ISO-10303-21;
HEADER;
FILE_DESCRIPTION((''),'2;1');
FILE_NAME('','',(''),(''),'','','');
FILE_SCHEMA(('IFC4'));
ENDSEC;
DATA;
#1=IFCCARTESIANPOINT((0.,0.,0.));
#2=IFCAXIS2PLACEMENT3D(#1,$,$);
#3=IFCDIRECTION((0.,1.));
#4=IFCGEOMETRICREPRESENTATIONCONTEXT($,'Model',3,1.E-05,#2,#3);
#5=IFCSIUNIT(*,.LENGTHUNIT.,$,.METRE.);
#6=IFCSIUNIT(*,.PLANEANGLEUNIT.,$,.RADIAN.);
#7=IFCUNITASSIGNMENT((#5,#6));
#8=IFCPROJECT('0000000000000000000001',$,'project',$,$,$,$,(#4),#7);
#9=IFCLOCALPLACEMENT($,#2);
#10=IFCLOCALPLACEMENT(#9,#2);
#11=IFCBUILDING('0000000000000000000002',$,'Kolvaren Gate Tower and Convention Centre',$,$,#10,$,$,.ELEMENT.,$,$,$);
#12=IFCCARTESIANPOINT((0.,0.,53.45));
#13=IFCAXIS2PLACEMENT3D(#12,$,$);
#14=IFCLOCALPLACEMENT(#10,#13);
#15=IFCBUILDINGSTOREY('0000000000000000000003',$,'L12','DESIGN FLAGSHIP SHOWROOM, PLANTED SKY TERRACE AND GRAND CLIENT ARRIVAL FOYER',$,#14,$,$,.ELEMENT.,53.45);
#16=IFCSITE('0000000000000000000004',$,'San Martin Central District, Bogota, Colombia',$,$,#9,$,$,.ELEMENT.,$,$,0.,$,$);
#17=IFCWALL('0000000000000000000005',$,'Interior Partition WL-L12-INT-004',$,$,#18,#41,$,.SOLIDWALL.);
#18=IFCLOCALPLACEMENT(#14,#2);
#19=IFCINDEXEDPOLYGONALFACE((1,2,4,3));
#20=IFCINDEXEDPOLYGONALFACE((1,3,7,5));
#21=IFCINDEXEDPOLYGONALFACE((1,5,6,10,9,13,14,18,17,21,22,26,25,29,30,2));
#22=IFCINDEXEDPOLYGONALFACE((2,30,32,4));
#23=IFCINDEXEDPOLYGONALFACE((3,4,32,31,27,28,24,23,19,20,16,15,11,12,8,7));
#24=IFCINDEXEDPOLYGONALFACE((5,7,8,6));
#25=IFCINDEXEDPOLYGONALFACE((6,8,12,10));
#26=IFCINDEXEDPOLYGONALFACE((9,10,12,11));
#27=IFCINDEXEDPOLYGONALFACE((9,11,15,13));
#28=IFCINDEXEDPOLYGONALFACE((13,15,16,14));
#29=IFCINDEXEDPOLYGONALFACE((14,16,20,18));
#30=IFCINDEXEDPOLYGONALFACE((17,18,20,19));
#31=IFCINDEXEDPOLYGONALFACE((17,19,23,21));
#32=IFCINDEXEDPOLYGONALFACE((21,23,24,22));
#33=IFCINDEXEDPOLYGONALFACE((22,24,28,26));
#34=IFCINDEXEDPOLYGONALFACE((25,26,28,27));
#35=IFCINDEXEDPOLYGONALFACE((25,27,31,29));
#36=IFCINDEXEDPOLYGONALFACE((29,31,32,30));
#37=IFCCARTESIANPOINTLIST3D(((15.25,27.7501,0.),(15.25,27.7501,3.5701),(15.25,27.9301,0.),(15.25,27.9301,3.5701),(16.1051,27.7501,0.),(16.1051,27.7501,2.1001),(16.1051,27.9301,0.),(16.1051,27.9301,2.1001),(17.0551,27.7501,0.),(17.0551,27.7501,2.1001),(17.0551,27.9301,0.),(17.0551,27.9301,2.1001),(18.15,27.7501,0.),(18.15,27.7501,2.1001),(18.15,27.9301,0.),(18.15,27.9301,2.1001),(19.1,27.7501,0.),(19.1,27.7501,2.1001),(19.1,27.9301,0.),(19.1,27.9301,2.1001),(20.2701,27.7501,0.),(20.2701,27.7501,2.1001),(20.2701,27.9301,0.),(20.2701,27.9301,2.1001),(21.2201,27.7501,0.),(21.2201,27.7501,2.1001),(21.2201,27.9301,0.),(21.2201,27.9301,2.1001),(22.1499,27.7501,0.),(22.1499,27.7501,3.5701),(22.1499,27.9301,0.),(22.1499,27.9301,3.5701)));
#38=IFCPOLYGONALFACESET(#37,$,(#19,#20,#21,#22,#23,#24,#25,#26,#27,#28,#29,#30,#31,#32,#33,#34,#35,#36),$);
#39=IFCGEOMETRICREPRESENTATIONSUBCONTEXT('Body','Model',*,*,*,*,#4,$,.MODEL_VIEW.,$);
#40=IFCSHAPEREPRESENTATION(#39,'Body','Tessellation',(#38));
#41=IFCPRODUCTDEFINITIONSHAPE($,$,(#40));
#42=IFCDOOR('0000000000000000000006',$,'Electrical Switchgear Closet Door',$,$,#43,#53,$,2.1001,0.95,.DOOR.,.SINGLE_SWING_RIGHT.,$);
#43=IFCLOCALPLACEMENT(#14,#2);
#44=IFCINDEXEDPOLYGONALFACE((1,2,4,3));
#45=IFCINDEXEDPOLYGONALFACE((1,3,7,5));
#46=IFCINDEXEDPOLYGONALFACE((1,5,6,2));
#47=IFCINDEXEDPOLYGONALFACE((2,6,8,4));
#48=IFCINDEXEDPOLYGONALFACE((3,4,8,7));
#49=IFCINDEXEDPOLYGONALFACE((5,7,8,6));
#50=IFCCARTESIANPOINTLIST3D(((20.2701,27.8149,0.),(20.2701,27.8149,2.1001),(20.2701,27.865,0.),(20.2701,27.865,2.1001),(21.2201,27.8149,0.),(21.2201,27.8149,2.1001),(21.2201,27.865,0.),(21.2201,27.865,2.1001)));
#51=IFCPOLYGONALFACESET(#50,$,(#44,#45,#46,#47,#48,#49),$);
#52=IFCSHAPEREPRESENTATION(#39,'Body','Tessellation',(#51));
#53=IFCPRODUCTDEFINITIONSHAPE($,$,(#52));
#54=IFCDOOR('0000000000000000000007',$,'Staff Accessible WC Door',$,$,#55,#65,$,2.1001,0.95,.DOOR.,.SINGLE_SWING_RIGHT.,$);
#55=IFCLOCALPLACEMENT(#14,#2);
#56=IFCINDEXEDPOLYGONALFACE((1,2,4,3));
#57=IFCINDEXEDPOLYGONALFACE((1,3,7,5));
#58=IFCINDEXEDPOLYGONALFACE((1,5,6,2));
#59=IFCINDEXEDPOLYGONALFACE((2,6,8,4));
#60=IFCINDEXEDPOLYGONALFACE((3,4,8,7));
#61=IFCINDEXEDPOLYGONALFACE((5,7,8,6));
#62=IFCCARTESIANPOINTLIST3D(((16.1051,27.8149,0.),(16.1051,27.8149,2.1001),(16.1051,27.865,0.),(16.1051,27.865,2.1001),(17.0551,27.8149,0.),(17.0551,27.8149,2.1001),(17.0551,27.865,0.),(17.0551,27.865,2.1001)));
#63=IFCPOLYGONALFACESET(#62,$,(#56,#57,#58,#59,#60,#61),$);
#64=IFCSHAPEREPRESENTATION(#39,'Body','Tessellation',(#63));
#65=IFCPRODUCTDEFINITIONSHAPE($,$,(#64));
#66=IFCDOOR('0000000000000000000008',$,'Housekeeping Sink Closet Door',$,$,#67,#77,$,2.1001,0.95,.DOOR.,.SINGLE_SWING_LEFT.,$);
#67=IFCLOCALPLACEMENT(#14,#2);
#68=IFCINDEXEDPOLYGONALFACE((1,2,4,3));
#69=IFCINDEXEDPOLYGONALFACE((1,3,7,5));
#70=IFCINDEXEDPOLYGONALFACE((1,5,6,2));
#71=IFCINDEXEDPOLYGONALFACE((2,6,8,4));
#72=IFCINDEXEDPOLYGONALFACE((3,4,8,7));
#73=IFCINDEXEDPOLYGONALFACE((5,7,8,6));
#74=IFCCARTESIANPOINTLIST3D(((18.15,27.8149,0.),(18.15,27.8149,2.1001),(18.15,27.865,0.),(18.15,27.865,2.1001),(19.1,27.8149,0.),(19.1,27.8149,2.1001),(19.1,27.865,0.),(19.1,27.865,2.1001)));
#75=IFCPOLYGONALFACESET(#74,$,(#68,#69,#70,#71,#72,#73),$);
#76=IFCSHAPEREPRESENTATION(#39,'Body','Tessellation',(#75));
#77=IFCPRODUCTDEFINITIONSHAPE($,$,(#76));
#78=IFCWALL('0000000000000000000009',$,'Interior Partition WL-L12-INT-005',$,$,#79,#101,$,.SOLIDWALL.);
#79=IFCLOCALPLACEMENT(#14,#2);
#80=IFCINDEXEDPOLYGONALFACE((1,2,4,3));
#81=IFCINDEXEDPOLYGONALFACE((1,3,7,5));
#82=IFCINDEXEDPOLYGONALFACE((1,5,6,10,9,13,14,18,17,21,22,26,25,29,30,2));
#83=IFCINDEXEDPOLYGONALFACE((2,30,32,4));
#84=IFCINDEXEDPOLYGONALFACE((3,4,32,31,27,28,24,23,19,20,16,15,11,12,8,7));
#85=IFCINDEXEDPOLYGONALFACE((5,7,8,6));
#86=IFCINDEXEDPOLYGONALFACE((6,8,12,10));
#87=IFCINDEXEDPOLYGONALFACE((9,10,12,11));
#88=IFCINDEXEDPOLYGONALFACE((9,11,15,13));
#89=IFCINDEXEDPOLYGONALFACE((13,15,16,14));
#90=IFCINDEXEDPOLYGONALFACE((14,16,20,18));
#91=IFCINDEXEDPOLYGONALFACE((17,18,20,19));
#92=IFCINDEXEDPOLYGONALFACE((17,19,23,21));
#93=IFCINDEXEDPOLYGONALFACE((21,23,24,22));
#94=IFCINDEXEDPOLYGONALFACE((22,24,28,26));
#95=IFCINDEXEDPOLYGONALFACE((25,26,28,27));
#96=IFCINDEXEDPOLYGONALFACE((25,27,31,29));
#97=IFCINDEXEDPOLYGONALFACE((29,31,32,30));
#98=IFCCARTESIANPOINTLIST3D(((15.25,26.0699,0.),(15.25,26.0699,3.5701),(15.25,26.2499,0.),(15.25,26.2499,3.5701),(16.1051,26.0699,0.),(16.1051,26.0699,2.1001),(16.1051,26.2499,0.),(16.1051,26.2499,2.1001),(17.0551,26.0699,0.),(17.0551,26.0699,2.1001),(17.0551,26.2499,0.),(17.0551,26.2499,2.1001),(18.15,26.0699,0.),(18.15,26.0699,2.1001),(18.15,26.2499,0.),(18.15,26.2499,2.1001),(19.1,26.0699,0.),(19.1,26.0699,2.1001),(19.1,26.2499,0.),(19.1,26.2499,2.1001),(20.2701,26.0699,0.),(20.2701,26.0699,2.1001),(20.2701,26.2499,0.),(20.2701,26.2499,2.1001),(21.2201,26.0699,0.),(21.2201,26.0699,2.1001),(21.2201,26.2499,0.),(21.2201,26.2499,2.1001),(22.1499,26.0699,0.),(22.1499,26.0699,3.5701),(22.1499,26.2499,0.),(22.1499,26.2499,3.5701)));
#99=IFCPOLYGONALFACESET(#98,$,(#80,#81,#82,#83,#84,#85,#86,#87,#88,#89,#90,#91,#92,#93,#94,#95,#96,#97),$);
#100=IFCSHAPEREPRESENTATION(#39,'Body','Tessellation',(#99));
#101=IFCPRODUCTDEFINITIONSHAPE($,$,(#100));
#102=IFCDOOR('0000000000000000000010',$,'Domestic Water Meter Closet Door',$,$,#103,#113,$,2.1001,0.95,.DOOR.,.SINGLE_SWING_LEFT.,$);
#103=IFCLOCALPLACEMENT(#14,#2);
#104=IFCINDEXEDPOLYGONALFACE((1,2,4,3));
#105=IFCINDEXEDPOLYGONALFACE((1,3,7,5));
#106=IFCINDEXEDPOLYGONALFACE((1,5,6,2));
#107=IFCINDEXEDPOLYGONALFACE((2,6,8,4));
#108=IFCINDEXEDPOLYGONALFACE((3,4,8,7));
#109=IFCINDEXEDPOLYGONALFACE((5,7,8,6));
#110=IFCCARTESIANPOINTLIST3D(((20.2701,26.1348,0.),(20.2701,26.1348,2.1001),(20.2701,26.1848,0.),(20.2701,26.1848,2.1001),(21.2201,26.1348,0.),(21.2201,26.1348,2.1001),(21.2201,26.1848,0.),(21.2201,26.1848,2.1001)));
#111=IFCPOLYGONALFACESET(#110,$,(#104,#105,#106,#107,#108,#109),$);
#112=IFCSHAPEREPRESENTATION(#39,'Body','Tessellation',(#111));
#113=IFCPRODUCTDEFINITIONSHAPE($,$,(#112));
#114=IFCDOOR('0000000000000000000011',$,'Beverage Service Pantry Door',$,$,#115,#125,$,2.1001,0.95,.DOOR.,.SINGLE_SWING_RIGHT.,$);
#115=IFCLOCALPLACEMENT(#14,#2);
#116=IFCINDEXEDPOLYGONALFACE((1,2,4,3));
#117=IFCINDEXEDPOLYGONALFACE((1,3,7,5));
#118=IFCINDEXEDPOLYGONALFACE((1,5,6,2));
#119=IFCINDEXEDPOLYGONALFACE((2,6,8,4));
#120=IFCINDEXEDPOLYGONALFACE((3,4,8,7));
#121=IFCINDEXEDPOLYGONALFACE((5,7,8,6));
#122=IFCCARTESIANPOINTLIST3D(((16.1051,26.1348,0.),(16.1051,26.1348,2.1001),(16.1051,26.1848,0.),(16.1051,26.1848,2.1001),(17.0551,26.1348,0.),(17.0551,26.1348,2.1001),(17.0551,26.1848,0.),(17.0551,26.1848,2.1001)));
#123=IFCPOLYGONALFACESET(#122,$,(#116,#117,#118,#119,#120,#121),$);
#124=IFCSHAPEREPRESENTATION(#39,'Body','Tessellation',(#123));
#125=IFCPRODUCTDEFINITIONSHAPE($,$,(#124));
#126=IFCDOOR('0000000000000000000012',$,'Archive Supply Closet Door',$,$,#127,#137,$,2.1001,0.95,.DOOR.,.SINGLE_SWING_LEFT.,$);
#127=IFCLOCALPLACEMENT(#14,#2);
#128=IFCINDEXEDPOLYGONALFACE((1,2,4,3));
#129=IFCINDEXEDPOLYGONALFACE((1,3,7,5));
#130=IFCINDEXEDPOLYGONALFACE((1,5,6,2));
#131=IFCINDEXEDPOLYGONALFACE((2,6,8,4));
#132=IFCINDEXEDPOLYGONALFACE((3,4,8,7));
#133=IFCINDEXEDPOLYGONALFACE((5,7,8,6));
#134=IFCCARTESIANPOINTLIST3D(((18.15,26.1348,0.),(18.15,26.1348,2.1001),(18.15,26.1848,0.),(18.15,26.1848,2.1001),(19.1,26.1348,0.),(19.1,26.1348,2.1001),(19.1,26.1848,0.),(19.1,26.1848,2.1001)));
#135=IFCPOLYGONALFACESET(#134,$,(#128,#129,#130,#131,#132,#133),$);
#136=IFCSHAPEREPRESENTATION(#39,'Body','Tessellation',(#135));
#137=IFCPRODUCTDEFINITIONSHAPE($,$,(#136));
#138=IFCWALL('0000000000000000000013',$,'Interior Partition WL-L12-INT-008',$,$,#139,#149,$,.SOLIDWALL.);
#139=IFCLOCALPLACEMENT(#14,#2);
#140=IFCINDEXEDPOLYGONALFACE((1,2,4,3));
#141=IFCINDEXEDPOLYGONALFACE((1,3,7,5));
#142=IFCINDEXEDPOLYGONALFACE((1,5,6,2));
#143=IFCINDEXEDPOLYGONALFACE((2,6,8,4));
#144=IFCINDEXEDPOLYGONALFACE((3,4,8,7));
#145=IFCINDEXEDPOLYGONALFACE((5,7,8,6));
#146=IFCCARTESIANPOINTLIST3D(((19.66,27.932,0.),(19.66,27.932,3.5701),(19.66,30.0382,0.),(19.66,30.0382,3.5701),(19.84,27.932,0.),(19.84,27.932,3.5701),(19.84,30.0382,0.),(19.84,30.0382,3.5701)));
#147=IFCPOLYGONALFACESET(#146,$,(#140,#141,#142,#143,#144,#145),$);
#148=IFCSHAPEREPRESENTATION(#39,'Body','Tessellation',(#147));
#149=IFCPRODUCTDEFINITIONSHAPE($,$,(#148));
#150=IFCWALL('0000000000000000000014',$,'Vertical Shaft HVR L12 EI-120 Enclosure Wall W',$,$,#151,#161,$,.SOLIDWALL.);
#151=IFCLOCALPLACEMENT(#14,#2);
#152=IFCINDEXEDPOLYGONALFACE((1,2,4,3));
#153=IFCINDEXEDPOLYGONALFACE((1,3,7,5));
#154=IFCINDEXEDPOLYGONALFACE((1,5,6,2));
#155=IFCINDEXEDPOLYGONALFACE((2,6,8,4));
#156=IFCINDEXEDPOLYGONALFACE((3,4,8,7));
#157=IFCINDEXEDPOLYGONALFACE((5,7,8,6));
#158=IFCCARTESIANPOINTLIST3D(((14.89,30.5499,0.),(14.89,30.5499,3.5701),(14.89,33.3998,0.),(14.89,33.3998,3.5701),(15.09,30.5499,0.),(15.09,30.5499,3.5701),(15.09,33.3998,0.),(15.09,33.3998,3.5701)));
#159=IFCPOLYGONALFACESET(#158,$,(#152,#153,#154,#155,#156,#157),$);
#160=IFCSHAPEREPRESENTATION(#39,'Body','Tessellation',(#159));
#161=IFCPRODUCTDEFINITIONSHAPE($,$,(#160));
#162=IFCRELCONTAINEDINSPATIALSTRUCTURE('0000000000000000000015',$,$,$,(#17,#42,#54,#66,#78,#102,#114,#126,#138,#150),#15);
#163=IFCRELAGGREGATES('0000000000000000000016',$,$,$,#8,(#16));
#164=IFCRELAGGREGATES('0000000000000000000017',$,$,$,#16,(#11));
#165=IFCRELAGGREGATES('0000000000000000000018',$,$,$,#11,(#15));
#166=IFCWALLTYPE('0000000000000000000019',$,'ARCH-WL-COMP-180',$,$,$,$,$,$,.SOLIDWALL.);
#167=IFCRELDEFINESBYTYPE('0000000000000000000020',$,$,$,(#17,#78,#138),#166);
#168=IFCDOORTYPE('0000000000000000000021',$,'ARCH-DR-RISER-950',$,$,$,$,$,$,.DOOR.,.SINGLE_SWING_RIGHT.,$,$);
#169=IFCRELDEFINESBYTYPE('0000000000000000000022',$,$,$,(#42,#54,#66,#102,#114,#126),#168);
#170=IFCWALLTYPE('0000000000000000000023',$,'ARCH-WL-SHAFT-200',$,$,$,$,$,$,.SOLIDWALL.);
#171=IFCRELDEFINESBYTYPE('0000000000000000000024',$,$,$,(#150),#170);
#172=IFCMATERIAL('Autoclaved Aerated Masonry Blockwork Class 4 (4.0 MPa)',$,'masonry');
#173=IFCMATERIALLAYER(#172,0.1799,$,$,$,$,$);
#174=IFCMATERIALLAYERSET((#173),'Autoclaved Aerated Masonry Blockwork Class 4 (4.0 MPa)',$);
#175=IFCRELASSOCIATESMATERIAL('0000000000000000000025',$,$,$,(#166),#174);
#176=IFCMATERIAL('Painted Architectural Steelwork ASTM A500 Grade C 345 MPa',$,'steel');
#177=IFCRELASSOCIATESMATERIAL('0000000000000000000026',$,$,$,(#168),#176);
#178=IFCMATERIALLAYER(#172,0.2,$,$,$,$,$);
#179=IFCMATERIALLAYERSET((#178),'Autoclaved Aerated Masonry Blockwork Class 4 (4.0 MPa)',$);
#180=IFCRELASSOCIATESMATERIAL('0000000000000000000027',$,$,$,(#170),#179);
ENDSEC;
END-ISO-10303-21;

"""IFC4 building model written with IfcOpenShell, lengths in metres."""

from ifc_helpers import new_model, si_unit, direction, frame, frame_2d, origin, place, context, subcontext, project, spatial, rectangle, extrude, material, layer, layer_set, type_object, element, fill, save


model = new_model("IFC4")

# Units and contexts
model_context = context("Model", 3, precision=1e-05, world=origin(), true_north=direction((0.0, 1.0)))
body_context = subcontext(model_context, "Body", "Model", "MODEL_VIEW")
ifc_project = project(units=[si_unit("LENGTHUNIT", "METRE"), si_unit("PLANEANGLEUNIT", "RADIAN")], contexts=[model_context])

# Site, building, storey
site_placement = place(None, origin())
site = spatial("IfcSite", under=ifc_project, at=site_placement, Name="San Martin Central District, Bogota, Colombia", CompositionType="ELEMENT", RefElevation=0.0)
building_placement = place(site_placement, origin())
building = spatial("IfcBuilding", under=site, at=building_placement, Name="Kolvaren Gate Tower and Convention Centre", CompositionType="ELEMENT")
storey_placement = place(building_placement, frame((0.0, 0.0, 53.45)))
storey = spatial("IfcBuildingStorey", under=building, at=storey_placement, Name="L12", Description="DESIGN FLAGSHIP SHOWROOM, PLANTED SKY TERRACE AND GRAND CLIENT ARRIVAL FOYER", CompositionType="ELEMENT", Elevation=53.45)

# Walls, openings, doors
ifc_material_1 = material(Name="Autoclaved Aerated Masonry Blockwork Class 4 (4.0 MPa)", Category="masonry")
ifc_layer_1 = layer(ifc_material_1, 0.1799)
ifc_layer_set_1 = layer_set([ifc_layer_1], Name="Autoclaved Aerated Masonry Blockwork Class 4 (4.0 MPa)")
wall_type_1 = type_object("IfcWallType", Name="ARCH-WL-COMP-180", PredefinedType="SOLIDWALL", material=ifc_layer_set_1)
wall_1_placement = place(storey_placement, frame((15.25, 27.8401, 0.0), z_axis=(0.0, 0.0, 1.0), x_axis=(1.0, 0.0, 0.0)))
wall_1 = element("IfcWall", 1, at=wall_1_placement, inside=storey, type_object=wall_type_1, Name="Interior Partition WL-L12-INT-004", PredefinedType="SOLIDWALL", context=body_context, shape_type="SweptSolid", body=[
    extrude(rectangle(XDim=6.8999, YDim=0.1799, at=frame_2d((3.45, 0.0))), origin(), (0.0, 0.0, 1.0), 3.5701),
])
opening_1_placement = place(wall_1_placement, frame((5.02, 0.0, 0.0)))
opening_1 = element("IfcOpeningElement", 2, at=opening_1_placement, cuts=wall_1, PredefinedType="OPENING", context=body_context, shape_type="SweptSolid", body=[
    extrude(rectangle(XDim=0.95, YDim=2.1001, at=frame_2d((0.4751, 1.05))), frame((0.0, 0.0999, 0.0), z_axis=(0.0, -1.0, 0.0), x_axis=(1.0, 0.0, 0.0)), (0.0, 0.0, 1.0), 0.2),
])
opening_2_placement = place(wall_1_placement, frame((0.855, 0.0, 0.0)))
opening_2 = element("IfcOpeningElement", 3, at=opening_2_placement, cuts=wall_1, PredefinedType="OPENING", context=body_context, shape_type="SweptSolid", body=[
    extrude(rectangle(XDim=0.95, YDim=2.1001, at=frame_2d((0.4751, 1.05))), frame((0.0, 0.0999, 0.0), z_axis=(0.0, -1.0, 0.0), x_axis=(1.0, 0.0, 0.0)), (0.0, 0.0, 1.0), 0.2),
])
opening_3_placement = place(wall_1_placement, frame((2.8999, 0.0, 0.0)))
opening_3 = element("IfcOpeningElement", 4, at=opening_3_placement, cuts=wall_1, PredefinedType="OPENING", context=body_context, shape_type="SweptSolid", body=[
    extrude(rectangle(XDim=0.95, YDim=2.1001, at=frame_2d((0.4751, 1.05))), frame((0.0, 0.0999, 0.0), z_axis=(0.0, -1.0, 0.0), x_axis=(1.0, 0.0, 0.0)), (0.0, 0.0, 1.0), 0.2),
])
ifc_material_2 = material(Name="Painted Architectural Steelwork ASTM A500 Grade C 345 MPa", Category="steel")
door_type = type_object("IfcDoorType", Name="ARCH-DR-RISER-950", OperationType="SINGLE_SWING_RIGHT", PredefinedType="DOOR", material=ifc_material_2)
door_1_placement = place(opening_1_placement, origin())
door_1 = element("IfcDoor", 5, at=door_1_placement, inside=storey, type_object=door_type, Name="Electrical Switchgear Closet Door", OperationType="SINGLE_SWING_RIGHT", OverallHeight=2.1001, OverallWidth=0.95, PredefinedType="DOOR", context=body_context, shape_type="SweptSolid", body=[
    extrude(rectangle(XDim=0.95, YDim=2.1001, at=frame_2d((0.4751, 1.05))), frame((0.0, 0.0249, 0.0), z_axis=(0.0, -1.0, 0.0), x_axis=(1.0, 0.0, 0.0)), (0.0, 0.0, 1.0), 0.05),
])
fill(opening_1, door_1)
door_2_placement = place(opening_2_placement, origin())
door_2 = element("IfcDoor", 6, at=door_2_placement, inside=storey, type_object=door_type, Name="Staff Accessible WC Door", OperationType="SINGLE_SWING_RIGHT", OverallHeight=2.1001, OverallWidth=0.95, PredefinedType="DOOR", context=body_context, shape_type="SweptSolid", body=[
    extrude(rectangle(XDim=0.95, YDim=2.1001, at=frame_2d((0.4751, 1.05))), frame((0.0, 0.0249, 0.0), z_axis=(0.0, -1.0, 0.0), x_axis=(1.0, 0.0, 0.0)), (0.0, 0.0, 1.0), 0.05),
])
fill(opening_2, door_2)
door_3_placement = place(opening_3_placement, origin())
door_3 = element("IfcDoor", 7, at=door_3_placement, inside=storey, type_object=door_type, Name="Housekeeping Sink Closet Door", OperationType="SINGLE_SWING_LEFT", OverallHeight=2.1001, OverallWidth=0.95, PredefinedType="DOOR", context=body_context, shape_type="SweptSolid", body=[
    extrude(rectangle(XDim=0.95, YDim=2.1001, at=frame_2d((0.4751, 1.05))), frame((0.0, 0.0249, 0.0), z_axis=(0.0, -1.0, 0.0), x_axis=(1.0, 0.0, 0.0)), (0.0, 0.0, 1.0), 0.05),
])
fill(opening_3, door_3)
wall_2_placement = place(storey_placement, frame((15.25, 26.1599, 0.0), z_axis=(0.0, 0.0, 1.0), x_axis=(1.0, 0.0, 0.0)))
wall_2 = element("IfcWall", 8, at=wall_2_placement, inside=storey, type_object=wall_type_1, Name="Interior Partition WL-L12-INT-005", PredefinedType="SOLIDWALL", context=body_context, shape_type="SweptSolid", body=[
    extrude(rectangle(XDim=6.8999, YDim=0.1799, at=frame_2d((3.45, 0.0))), origin(), (0.0, 0.0, 1.0), 3.5701),
])
opening_4_placement = place(wall_2_placement, frame((5.02, 0.0, 0.0)))
opening_4 = element("IfcOpeningElement", 9, at=opening_4_placement, cuts=wall_2, PredefinedType="OPENING", context=body_context, shape_type="SweptSolid", body=[
    extrude(rectangle(XDim=0.95, YDim=2.1001, at=frame_2d((0.4751, 1.05))), frame((0.0, 0.0999, 0.0), z_axis=(0.0, -1.0, 0.0), x_axis=(1.0, 0.0, 0.0)), (0.0, 0.0, 1.0), 0.2),
])
opening_5_placement = place(wall_2_placement, frame((0.855, 0.0, 0.0)))
opening_5 = element("IfcOpeningElement", 10, at=opening_5_placement, cuts=wall_2, PredefinedType="OPENING", context=body_context, shape_type="SweptSolid", body=[
    extrude(rectangle(XDim=0.95, YDim=2.1001, at=frame_2d((0.4751, 1.05))), frame((0.0, 0.0999, 0.0), z_axis=(0.0, -1.0, 0.0), x_axis=(1.0, 0.0, 0.0)), (0.0, 0.0, 1.0), 0.2),
])
opening_6_placement = place(wall_2_placement, frame((2.8999, 0.0, 0.0)))
opening_6 = element("IfcOpeningElement", 11, at=opening_6_placement, cuts=wall_2, PredefinedType="OPENING", context=body_context, shape_type="SweptSolid", body=[
    extrude(rectangle(XDim=0.95, YDim=2.1001, at=frame_2d((0.4751, 1.05))), frame((0.0, 0.0999, 0.0), z_axis=(0.0, -1.0, 0.0), x_axis=(1.0, 0.0, 0.0)), (0.0, 0.0, 1.0), 0.2),
])
door_4_placement = place(opening_4_placement, origin())
door_4 = element("IfcDoor", 12, at=door_4_placement, inside=storey, type_object=door_type, Name="Domestic Water Meter Closet Door", OperationType="SINGLE_SWING_LEFT", OverallHeight=2.1001, OverallWidth=0.95, PredefinedType="DOOR", context=body_context, shape_type="SweptSolid", body=[
    extrude(rectangle(XDim=0.95, YDim=2.1001, at=frame_2d((0.4751, 1.05))), frame((0.0, 0.0249, 0.0), z_axis=(0.0, -1.0, 0.0), x_axis=(1.0, 0.0, 0.0)), (0.0, 0.0, 1.0), 0.05),
])
fill(opening_4, door_4)
door_5_placement = place(opening_5_placement, origin())
door_5 = element("IfcDoor", 13, at=door_5_placement, inside=storey, type_object=door_type, Name="Beverage Service Pantry Door", OperationType="SINGLE_SWING_RIGHT", OverallHeight=2.1001, OverallWidth=0.95, PredefinedType="DOOR", context=body_context, shape_type="SweptSolid", body=[
    extrude(rectangle(XDim=0.95, YDim=2.1001, at=frame_2d((0.4751, 1.05))), frame((0.0, 0.0249, 0.0), z_axis=(0.0, -1.0, 0.0), x_axis=(1.0, 0.0, 0.0)), (0.0, 0.0, 1.0), 0.05),
])
fill(opening_5, door_5)
door_6_placement = place(opening_6_placement, origin())
door_6 = element("IfcDoor", 14, at=door_6_placement, inside=storey, type_object=door_type, Name="Archive Supply Closet Door", OperationType="SINGLE_SWING_LEFT", OverallHeight=2.1001, OverallWidth=0.95, PredefinedType="DOOR", context=body_context, shape_type="SweptSolid", body=[
    extrude(rectangle(XDim=0.95, YDim=2.1001, at=frame_2d((0.4751, 1.05))), frame((0.0, 0.0249, 0.0), z_axis=(0.0, -1.0, 0.0), x_axis=(1.0, 0.0, 0.0)), (0.0, 0.0, 1.0), 0.05),
])
fill(opening_6, door_6)

# Walls
wall_3_placement = place(storey_placement, frame((19.75, 27.9319, 0.0), z_axis=(0.0, 0.0, 1.0), x_axis=(0.0, 1.0, 0.0)))
element("IfcWall", 15, at=wall_3_placement, inside=storey, type_object=wall_type_1, Name="Interior Partition WL-L12-INT-008", PredefinedType="SOLIDWALL", context=body_context, shape_type="SweptSolid", body=[
    extrude(rectangle(XDim=2.1062, YDim=0.1799, at=frame_2d((1.0532, 0.0))), origin(), (0.0, 0.0, 1.0), 3.5701),
])
ifc_layer_2 = layer(ifc_material_1, 0.2)
ifc_layer_set_2 = layer_set([ifc_layer_2], Name="Autoclaved Aerated Masonry Blockwork Class 4 (4.0 MPa)")
wall_type_2 = type_object("IfcWallType", Name="ARCH-WL-SHAFT-200", PredefinedType="SOLIDWALL", material=ifc_layer_set_2)
wall_4_placement = place(storey_placement, frame((14.99, 30.55, 0.0), z_axis=(0.0, 0.0, 1.0), x_axis=(0.0, 1.0, 0.0)))
element("IfcWall", 16, at=wall_4_placement, inside=storey, type_object=wall_type_2, Name="Vertical Shaft HVR L12 EI-120 Enclosure Wall W", PredefinedType="SOLIDWALL", context=body_context, shape_type="SweptSolid", body=[
    extrude(rectangle(XDim=2.8499, YDim=0.2, at=frame_2d((1.4248, 0.0))), origin(), (0.0, 0.0, 1.0), 3.5701),
])

save(model, "model.ifc")
